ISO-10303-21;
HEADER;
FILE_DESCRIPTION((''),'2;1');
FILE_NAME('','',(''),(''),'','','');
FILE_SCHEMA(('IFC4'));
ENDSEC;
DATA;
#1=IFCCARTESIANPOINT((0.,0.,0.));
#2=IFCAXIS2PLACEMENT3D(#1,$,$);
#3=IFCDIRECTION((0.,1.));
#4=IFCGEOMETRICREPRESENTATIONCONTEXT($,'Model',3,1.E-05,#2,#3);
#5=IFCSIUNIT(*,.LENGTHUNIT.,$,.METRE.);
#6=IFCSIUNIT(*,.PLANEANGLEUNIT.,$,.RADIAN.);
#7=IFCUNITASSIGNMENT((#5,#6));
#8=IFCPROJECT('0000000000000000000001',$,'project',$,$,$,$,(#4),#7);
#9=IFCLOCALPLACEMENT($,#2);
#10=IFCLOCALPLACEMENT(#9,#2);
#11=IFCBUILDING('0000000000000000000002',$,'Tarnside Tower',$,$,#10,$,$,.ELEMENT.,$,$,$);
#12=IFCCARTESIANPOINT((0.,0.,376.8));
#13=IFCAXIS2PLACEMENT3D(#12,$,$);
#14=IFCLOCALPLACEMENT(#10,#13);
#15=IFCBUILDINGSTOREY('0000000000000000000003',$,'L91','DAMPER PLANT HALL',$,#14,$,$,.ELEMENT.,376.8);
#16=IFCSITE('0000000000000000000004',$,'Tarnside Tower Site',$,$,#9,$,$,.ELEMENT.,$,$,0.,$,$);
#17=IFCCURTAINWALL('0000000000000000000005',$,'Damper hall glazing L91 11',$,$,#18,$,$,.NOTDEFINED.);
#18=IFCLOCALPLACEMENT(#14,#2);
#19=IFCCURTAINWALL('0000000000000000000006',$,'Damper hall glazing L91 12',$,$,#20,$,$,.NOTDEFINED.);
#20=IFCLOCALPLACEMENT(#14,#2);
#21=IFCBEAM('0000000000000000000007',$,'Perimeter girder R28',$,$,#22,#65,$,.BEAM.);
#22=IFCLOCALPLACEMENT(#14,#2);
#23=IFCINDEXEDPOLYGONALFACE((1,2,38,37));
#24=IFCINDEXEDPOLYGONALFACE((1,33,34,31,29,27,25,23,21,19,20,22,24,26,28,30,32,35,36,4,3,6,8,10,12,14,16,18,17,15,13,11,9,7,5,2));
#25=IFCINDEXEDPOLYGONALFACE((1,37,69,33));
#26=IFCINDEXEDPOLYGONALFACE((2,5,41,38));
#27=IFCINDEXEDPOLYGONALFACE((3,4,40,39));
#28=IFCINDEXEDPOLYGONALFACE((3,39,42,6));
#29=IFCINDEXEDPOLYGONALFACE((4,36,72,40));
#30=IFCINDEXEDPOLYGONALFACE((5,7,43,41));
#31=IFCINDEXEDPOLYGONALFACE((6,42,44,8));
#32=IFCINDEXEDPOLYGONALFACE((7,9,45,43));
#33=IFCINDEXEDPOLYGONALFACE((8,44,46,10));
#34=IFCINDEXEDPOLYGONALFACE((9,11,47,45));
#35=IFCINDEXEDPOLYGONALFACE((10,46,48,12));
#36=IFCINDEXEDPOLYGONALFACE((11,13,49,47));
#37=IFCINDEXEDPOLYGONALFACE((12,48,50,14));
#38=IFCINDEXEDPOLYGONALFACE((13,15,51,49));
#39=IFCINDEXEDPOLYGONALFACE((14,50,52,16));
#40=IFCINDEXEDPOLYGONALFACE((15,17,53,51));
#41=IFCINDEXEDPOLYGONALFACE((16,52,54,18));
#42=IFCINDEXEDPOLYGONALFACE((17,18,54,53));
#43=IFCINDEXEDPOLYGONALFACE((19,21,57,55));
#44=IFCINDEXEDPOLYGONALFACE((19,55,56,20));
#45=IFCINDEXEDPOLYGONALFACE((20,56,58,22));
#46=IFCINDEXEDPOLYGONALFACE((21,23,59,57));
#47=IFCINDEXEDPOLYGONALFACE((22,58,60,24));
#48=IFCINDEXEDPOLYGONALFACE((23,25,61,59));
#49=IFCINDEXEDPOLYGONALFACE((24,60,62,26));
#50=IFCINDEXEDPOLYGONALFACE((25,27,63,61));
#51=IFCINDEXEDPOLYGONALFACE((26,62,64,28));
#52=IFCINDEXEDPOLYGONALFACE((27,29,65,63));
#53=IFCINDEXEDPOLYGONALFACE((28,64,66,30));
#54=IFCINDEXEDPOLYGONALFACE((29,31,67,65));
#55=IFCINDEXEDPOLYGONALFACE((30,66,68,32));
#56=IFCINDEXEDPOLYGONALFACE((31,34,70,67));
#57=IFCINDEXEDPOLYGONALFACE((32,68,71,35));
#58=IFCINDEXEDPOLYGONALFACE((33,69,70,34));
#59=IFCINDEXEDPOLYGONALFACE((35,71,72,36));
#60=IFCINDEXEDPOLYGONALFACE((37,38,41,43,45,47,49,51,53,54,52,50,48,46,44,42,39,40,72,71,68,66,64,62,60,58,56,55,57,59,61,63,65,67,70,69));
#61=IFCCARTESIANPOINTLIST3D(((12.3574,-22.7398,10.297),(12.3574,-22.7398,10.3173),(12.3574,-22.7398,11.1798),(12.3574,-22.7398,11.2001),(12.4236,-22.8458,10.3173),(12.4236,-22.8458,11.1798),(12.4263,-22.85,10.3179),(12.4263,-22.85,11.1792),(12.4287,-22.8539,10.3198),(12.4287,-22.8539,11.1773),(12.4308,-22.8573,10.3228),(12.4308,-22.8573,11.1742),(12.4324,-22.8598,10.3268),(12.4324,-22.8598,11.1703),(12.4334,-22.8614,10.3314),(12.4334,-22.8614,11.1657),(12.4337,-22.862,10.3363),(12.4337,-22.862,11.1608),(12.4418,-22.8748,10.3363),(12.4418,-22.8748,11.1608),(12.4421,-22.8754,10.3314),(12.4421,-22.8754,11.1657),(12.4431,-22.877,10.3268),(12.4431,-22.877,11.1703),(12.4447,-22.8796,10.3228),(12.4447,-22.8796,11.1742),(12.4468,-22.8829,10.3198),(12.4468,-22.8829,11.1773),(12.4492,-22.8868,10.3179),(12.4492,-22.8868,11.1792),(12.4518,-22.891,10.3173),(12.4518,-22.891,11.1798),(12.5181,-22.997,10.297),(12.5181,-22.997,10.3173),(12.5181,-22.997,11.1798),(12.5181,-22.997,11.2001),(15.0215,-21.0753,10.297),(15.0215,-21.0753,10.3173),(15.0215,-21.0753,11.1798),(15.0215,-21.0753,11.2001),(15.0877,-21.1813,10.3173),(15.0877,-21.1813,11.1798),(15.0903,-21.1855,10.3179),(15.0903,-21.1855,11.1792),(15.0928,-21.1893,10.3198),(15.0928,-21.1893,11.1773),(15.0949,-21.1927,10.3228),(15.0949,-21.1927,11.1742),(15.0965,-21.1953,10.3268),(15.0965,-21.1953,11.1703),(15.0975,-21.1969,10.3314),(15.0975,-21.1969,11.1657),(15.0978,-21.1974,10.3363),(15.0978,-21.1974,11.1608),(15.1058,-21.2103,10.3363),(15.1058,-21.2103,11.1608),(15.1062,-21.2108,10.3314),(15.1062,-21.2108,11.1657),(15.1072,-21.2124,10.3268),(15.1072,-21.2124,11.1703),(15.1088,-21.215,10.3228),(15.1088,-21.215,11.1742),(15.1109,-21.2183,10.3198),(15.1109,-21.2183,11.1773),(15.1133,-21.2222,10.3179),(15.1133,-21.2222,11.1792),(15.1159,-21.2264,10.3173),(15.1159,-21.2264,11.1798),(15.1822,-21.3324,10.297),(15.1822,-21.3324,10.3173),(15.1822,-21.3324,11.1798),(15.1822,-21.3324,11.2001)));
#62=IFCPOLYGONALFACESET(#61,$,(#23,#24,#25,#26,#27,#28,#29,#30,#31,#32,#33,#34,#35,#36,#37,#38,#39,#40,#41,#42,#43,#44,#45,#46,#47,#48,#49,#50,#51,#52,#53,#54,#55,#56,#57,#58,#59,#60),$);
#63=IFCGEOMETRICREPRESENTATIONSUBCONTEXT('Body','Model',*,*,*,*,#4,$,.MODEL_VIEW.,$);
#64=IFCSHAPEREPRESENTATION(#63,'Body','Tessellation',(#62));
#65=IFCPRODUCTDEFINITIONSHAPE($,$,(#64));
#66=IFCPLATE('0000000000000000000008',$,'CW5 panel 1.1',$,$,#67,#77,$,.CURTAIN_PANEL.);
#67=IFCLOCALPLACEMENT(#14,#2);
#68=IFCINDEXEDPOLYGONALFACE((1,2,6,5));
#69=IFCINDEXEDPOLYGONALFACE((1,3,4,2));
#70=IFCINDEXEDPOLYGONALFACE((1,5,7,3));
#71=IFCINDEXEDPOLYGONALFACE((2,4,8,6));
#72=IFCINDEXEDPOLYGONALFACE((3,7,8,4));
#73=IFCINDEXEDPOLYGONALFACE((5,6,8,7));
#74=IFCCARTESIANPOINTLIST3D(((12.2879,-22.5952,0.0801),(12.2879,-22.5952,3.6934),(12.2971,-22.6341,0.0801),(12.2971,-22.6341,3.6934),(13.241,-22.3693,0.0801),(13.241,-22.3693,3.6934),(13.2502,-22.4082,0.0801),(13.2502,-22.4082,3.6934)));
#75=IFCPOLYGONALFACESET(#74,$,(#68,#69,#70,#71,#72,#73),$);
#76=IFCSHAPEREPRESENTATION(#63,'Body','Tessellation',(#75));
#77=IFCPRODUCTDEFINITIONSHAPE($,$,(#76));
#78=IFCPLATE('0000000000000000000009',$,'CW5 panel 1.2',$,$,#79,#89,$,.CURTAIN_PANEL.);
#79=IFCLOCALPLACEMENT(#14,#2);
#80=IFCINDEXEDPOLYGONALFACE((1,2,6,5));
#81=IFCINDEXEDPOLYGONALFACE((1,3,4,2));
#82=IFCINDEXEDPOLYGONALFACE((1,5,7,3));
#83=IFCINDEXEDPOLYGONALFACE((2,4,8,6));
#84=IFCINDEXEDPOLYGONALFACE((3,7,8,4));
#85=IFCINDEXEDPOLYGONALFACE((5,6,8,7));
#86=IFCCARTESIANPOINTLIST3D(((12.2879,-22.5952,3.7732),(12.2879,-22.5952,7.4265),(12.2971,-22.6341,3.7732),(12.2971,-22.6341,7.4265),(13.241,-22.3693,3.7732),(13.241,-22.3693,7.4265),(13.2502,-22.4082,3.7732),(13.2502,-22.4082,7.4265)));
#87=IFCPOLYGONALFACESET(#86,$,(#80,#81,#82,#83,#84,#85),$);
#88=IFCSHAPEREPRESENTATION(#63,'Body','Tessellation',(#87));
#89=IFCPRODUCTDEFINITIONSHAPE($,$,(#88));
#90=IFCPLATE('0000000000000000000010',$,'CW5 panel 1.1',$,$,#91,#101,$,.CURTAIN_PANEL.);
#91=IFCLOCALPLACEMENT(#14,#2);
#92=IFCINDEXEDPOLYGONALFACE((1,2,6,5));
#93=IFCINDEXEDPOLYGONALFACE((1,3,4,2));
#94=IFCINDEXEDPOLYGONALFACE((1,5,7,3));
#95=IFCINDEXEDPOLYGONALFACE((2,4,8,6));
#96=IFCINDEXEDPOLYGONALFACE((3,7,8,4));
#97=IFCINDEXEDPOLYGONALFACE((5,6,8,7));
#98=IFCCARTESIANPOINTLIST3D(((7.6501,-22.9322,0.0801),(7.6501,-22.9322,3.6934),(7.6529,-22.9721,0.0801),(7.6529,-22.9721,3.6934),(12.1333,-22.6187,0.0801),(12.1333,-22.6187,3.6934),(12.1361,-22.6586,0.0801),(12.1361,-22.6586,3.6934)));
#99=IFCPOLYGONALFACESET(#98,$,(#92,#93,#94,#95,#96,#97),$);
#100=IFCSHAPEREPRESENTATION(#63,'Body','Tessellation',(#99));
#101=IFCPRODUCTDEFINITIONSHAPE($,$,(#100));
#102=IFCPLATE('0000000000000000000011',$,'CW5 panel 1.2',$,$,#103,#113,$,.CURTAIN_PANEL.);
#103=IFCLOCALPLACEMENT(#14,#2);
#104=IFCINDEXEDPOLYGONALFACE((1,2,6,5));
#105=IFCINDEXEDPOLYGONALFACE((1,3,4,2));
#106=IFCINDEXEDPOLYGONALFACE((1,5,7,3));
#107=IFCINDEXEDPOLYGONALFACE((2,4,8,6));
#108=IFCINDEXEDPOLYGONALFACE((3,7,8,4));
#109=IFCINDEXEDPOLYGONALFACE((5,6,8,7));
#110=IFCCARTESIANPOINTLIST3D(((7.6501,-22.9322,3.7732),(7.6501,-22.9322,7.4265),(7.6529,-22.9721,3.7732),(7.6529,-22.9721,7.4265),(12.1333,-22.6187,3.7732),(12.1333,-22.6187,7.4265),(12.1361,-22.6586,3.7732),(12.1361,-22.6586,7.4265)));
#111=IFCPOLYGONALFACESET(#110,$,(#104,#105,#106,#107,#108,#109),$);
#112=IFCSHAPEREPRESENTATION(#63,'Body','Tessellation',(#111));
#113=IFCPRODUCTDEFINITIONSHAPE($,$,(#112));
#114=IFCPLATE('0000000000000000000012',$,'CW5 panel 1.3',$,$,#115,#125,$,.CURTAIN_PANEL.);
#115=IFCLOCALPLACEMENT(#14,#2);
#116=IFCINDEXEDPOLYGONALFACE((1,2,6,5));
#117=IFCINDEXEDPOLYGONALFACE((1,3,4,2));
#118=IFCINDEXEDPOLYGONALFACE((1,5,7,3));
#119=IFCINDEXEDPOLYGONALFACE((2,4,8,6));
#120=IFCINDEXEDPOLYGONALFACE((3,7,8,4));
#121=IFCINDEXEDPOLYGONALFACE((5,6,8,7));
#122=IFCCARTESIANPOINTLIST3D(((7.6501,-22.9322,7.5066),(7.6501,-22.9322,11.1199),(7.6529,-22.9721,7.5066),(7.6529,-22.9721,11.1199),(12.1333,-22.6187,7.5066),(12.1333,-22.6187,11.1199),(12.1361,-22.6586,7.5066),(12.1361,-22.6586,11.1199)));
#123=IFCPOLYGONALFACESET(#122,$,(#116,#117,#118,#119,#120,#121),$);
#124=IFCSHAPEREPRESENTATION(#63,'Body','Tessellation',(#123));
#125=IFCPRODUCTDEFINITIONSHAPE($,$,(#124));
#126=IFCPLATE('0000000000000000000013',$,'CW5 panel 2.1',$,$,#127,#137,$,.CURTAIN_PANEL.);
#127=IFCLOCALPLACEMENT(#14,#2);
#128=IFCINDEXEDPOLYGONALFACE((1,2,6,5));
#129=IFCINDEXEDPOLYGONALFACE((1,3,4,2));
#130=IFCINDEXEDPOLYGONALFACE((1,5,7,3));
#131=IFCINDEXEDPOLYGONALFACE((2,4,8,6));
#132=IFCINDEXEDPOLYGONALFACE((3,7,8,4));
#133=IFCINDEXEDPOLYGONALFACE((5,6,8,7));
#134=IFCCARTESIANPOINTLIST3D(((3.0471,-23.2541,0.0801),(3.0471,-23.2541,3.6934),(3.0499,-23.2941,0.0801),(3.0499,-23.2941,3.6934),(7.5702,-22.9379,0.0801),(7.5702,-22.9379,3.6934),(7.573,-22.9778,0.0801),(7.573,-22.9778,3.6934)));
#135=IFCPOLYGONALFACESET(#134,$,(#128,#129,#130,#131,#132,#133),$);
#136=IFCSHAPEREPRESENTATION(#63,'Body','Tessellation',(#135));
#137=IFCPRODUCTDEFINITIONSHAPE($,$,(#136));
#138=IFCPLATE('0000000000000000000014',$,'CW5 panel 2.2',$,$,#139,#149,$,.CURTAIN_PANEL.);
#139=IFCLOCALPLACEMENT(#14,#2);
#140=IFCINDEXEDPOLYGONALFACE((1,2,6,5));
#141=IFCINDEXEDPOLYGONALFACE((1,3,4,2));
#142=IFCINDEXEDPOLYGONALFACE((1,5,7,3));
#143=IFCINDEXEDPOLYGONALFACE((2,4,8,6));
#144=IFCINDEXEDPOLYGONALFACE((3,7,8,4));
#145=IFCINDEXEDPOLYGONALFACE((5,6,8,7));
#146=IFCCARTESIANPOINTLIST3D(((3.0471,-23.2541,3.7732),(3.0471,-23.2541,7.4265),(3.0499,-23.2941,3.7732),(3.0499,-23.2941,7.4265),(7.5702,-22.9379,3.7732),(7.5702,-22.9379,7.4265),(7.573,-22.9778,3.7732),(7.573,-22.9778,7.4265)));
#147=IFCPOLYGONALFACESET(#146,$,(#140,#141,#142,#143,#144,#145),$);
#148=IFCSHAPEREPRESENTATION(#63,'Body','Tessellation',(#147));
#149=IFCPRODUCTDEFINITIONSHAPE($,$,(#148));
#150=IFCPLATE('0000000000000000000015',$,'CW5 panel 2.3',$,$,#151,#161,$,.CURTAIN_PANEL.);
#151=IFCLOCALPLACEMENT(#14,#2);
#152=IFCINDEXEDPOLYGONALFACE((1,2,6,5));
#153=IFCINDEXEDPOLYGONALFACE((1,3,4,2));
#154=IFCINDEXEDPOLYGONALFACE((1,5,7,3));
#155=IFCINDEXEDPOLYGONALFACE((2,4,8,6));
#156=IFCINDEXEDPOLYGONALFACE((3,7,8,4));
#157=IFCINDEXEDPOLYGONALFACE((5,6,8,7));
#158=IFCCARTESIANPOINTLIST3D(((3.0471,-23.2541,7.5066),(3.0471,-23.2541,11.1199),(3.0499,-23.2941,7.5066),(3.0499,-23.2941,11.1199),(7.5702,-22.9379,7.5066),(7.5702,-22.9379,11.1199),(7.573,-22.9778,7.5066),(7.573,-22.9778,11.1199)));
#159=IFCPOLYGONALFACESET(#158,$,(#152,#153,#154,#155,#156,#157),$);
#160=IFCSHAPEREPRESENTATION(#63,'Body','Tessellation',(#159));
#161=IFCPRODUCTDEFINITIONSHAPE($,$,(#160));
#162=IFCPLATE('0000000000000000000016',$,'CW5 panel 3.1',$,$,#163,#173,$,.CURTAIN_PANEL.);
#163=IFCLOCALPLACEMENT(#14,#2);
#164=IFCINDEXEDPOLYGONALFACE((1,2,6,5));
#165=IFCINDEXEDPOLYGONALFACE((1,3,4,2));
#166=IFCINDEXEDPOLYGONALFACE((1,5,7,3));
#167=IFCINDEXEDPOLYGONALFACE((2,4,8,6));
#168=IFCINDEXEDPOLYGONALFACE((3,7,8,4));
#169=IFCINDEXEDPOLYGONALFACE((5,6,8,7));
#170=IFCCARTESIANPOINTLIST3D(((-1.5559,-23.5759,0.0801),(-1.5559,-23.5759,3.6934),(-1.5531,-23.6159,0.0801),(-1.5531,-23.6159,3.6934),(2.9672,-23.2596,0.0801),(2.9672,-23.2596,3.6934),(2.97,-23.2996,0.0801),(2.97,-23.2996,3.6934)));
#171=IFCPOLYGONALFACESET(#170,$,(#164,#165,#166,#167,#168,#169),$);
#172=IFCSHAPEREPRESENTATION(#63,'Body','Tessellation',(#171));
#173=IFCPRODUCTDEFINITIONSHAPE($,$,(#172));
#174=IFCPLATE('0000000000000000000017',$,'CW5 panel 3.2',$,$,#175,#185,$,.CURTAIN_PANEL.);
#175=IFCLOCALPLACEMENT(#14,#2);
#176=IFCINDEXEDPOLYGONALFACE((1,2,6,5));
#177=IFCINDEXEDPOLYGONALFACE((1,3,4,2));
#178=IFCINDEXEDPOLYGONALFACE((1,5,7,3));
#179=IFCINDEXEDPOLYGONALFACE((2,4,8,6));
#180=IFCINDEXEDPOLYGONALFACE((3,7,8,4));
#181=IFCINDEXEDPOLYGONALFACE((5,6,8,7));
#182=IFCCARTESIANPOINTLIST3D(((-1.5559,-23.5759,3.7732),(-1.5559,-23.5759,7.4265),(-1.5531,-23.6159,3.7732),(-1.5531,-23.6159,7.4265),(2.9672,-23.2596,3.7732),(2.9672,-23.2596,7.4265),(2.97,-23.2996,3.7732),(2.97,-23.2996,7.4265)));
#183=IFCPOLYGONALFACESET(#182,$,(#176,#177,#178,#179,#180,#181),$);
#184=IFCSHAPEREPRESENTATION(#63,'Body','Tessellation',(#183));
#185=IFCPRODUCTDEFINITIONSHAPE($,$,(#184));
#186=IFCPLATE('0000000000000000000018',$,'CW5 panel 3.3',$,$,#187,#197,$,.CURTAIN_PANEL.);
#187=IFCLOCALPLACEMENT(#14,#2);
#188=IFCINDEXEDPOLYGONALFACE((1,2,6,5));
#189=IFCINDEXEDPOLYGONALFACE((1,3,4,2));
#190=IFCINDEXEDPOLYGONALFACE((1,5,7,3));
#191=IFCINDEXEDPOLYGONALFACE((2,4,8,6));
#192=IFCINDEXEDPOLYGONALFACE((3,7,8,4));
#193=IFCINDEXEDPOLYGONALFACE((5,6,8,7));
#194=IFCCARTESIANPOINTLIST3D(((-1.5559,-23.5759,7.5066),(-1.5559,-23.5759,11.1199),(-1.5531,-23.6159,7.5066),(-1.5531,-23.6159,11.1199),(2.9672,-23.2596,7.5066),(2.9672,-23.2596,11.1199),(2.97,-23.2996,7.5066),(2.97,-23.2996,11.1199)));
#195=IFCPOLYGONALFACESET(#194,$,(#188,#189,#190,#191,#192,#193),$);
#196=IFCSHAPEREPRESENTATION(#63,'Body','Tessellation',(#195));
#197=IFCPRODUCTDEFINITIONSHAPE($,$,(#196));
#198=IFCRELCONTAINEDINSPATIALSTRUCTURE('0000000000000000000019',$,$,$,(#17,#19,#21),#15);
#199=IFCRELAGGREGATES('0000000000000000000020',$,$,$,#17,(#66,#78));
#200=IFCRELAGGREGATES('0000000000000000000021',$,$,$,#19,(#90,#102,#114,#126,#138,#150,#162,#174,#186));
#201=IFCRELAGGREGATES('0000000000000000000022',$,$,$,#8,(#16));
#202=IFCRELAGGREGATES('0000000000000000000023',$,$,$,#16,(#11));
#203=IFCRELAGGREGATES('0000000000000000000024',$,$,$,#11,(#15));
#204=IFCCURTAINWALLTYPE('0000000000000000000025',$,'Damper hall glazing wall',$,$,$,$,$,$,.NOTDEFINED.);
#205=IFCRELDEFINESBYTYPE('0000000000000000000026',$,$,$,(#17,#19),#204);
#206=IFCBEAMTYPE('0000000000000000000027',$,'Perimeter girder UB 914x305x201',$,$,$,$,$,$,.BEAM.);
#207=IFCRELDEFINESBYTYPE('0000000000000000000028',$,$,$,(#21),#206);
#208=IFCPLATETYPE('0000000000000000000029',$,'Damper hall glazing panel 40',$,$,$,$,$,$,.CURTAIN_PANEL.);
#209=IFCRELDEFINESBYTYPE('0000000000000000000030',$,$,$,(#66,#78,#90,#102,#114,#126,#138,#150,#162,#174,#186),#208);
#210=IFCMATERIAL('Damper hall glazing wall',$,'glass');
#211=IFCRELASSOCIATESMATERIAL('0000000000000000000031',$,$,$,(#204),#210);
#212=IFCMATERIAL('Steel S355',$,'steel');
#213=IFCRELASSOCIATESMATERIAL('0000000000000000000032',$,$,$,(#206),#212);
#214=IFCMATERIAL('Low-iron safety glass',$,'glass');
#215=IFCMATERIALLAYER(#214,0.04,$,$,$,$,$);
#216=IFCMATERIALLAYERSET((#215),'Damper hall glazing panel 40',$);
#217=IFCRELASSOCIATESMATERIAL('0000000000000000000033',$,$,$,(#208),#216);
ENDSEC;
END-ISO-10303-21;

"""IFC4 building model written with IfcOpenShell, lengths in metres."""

from ifc_helpers import new_model, si_unit, direction, frame, origin, origin_2d, place, context, subcontext, project, spatial, rectangle, i_section, extrude, material, layer, layer_set, material_profile, profile_set, type_object, element, aggregate, save


model = new_model("IFC4")

# Units and contexts
model_context = context("Model", 3, precision=1e-05, world=origin(), true_north=direction((0.0, 1.0)))
body_context = subcontext(model_context, "Body", "Model", "MODEL_VIEW")
ifc_project = project(units=[si_unit("LENGTHUNIT", "METRE"), si_unit("PLANEANGLEUNIT", "RADIAN")], contexts=[model_context])

# Site, building, storey
site_placement = place(None, origin())
site = spatial("IfcSite", under=ifc_project, at=site_placement, Name="Tarnside Tower Site", CompositionType="ELEMENT", RefElevation=0.0)
building_placement = place(site_placement, origin())
building = spatial("IfcBuilding", under=site, at=building_placement, Name="Tarnside Tower", CompositionType="ELEMENT")
storey_placement = place(building_placement, frame((0.0, 0.0, 376.8)))
storey = spatial("IfcBuildingStorey", under=building, at=storey_placement, Name="L91", Description="DAMPER PLANT HALL", CompositionType="ELEMENT", Elevation=376.8)

# Shared definitions
ifc_material_1 = material(Name="Steel S355", Category="steel")

# Curtain wall
ifc_material_2 = material(Name="Damper hall glazing wall", Category="glass")
curtain_wall_type = type_object("IfcCurtainWallType", Name="Damper hall glazing wall", PredefinedType="NOTDEFINED", material=ifc_material_2)
curtain_wall_1_placement = place(storey_placement, origin())
curtain_wall_1 = element("IfcCurtainWall", 1, at=curtain_wall_1_placement, inside=storey, type_object=curtain_wall_type, Name="Damper hall glazing L91 11", PredefinedType="NOTDEFINED")

# Curtain wall
curtain_wall_2_placement = place(storey_placement, origin())
curtain_wall_2 = element("IfcCurtainWall", 2, at=curtain_wall_2_placement, inside=storey, type_object=curtain_wall_type, Name="Damper hall glazing L91 12", PredefinedType="NOTDEFINED")

# Beam
ifc_material_profile_1 = material_profile(ifc_material_1, i_section(OverallWidth=0.3032, OverallDepth=0.9031, WebThickness=0.0151, FlangeThickness=0.0203, FilletRadius=0.019, at=origin_2d()), Name="UB 914x305x201")
ifc_profile_set_1 = profile_set([ifc_material_profile_1], Name="Steel S355")
beam_type_1 = type_object("IfcBeamType", Name="Perimeter girder UB 914x305x201", PredefinedType="BEAM", material=ifc_profile_set_1)
beam_1_placement = place(storey_placement, frame((12.4377, -22.8684, 10.7485), z_axis=(0.848068, 0.529887, 0.0), x_axis=(-0.529887, 0.848068, 0.0)))
element("IfcBeam", 3, at=beam_1_placement, inside=storey, type_object=beam_type_1, Name="Perimeter girder R28", PredefinedType="BEAM", context=body_context, shape_type="SweptSolid", body=[
    extrude(i_section(OverallWidth=0.3032, OverallDepth=0.9031, WebThickness=0.0151, FlangeThickness=0.0203, FilletRadius=0.019, at=origin_2d()), origin(), (0.0, 0.0, 1.0), 3.1414),
])

# Plates
ifc_material_3 = material(Name="Low-iron safety glass", Category="glass")
ifc_layer = layer(ifc_material_3, 0.04)
ifc_layer_set = layer_set([ifc_layer], Name="Damper hall glazing panel 40")
plate_type = type_object("IfcPlateType", Name="Damper hall glazing panel 40", PredefinedType="CURTAIN_PANEL", material=ifc_layer_set)
plate_1_placement = place(storey_placement, frame((12.769, -22.5017, 0.0801), z_axis=(0.0, 0.0, 1.0), x_axis=(-0.973045, -0.230616, 0.0)))
plate_1 = element("IfcPlate", 4, at=plate_1_placement, type_object=plate_type, Name="CW5 panel 1.1", PredefinedType="CURTAIN_PANEL", context=body_context, shape_type="SweptSolid", body=[
    extrude(rectangle(XDim=0.9795, YDim=0.04, at=origin_2d()), origin(), (0.0, 0.0, 1.0), 3.6133),
])
plate_2_placement = place(storey_placement, frame((12.769, -22.5017, 3.7732), z_axis=(0.0, 0.0, 1.0), x_axis=(-0.973045, -0.230616, 0.0)))
plate_2 = element("IfcPlate", 5, at=plate_2_placement, type_object=plate_type, Name="CW5 panel 1.2", PredefinedType="CURTAIN_PANEL", context=body_context, shape_type="SweptSolid", body=[
    extrude(rectangle(XDim=0.9795, YDim=0.04, at=origin_2d()), origin(), (0.0, 0.0, 1.0), 3.6533),
])
aggregate(curtain_wall_1, [plate_1, plate_2])
plate_3_placement = place(storey_placement, frame((9.8931, -22.7954, 0.0801), z_axis=(0.0, 0.0, 1.0), x_axis=(-0.997564, -0.069756, 0.0)))
plate_3 = element("IfcPlate", 6, at=plate_3_placement, type_object=plate_type, Name="CW5 panel 1.1", PredefinedType="CURTAIN_PANEL", context=body_context, shape_type="SweptSolid", body=[
    extrude(rectangle(XDim=4.4941, YDim=0.04, at=origin_2d()), origin(), (0.0, 0.0, 1.0), 3.6133),
])
plate_4_placement = place(storey_placement, frame((9.8931, -22.7954, 3.7732), z_axis=(0.0, 0.0, 1.0), x_axis=(-0.997564, -0.069756, 0.0)))
plate_4 = element("IfcPlate", 7, at=plate_4_placement, type_object=plate_type, Name="CW5 panel 1.2", PredefinedType="CURTAIN_PANEL", context=body_context, shape_type="SweptSolid", body=[
    extrude(rectangle(XDim=4.4941, YDim=0.04, at=origin_2d()), origin(), (0.0, 0.0, 1.0), 3.6533),
])
plate_5_placement = place(storey_placement, frame((9.8931, -22.7954, 7.5066), z_axis=(0.0, 0.0, 1.0), x_axis=(-0.997564, -0.069756, 0.0)))
plate_5 = element("IfcPlate", 8, at=plate_5_placement, type_object=plate_type, Name="CW5 panel 1.3", PredefinedType="CURTAIN_PANEL", context=body_context, shape_type="SweptSolid", body=[
    extrude(rectangle(XDim=4.4941, YDim=0.04, at=origin_2d()), origin(), (0.0, 0.0, 1.0), 3.6133),
])
plate_6_placement = place(storey_placement, frame((5.3101, -23.116, 0.0801), z_axis=(0.0, 0.0, 1.0), x_axis=(-0.997564, -0.069756, 0.0)))
plate_6 = element("IfcPlate", 9, at=plate_6_placement, type_object=plate_type, Name="CW5 panel 2.1", PredefinedType="CURTAIN_PANEL", context=body_context, shape_type="SweptSolid", body=[
    extrude(rectangle(XDim=4.5342, YDim=0.04, at=origin_2d()), origin(), (0.0, 0.0, 1.0), 3.6133),
])
plate_7_placement = place(storey_placement, frame((5.3101, -23.116, 3.7732), z_axis=(0.0, 0.0, 1.0), x_axis=(-0.997564, -0.069756, 0.0)))
plate_7 = element("IfcPlate", 10, at=plate_7_placement, type_object=plate_type, Name="CW5 panel 2.2", PredefinedType="CURTAIN_PANEL", context=body_context, shape_type="SweptSolid", body=[
    extrude(rectangle(XDim=4.5342, YDim=0.04, at=origin_2d()), origin(), (0.0, 0.0, 1.0), 3.6533),
])
plate_8_placement = place(storey_placement, frame((5.3101, -23.116, 7.5066), z_axis=(0.0, 0.0, 1.0), x_axis=(-0.997564, -0.069756, 0.0)))
plate_8 = element("IfcPlate", 11, at=plate_8_placement, type_object=plate_type, Name="CW5 panel 2.3", PredefinedType="CURTAIN_PANEL", context=body_context, shape_type="SweptSolid", body=[
    extrude(rectangle(XDim=4.5342, YDim=0.04, at=origin_2d()), origin(), (0.0, 0.0, 1.0), 3.6133),
])
plate_9_placement = place(storey_placement, frame((0.707, -23.4377, 0.0801), z_axis=(0.0, 0.0, 1.0), x_axis=(-0.997564, -0.069756, 0.0)))
plate_9 = element("IfcPlate", 12, at=plate_9_placement, type_object=plate_type, Name="CW5 panel 3.1", PredefinedType="CURTAIN_PANEL", context=body_context, shape_type="SweptSolid", body=[
    extrude(rectangle(XDim=4.5342, YDim=0.04, at=origin_2d()), origin(), (0.0, 0.0, 1.0), 3.6133),
])
plate_10_placement = place(storey_placement, frame((0.707, -23.4377, 3.7732), z_axis=(0.0, 0.0, 1.0), x_axis=(-0.997564, -0.069756, 0.0)))
plate_10 = element("IfcPlate", 13, at=plate_10_placement, type_object=plate_type, Name="CW5 panel 3.2", PredefinedType="CURTAIN_PANEL", context=body_context, shape_type="SweptSolid", body=[
    extrude(rectangle(XDim=4.5342, YDim=0.04, at=origin_2d()), origin(), (0.0, 0.0, 1.0), 3.6533),
])
plate_11_placement = place(storey_placement, frame((0.707, -23.4377, 7.5066), z_axis=(0.0, 0.0, 1.0), x_axis=(-0.997564, -0.069756, 0.0)))
plate_11 = element("IfcPlate", 14, at=plate_11_placement, type_object=plate_type, Name="CW5 panel 3.3", PredefinedType="CURTAIN_PANEL", context=body_context, shape_type="SweptSolid", body=[
    extrude(rectangle(XDim=4.5342, YDim=0.04, at=origin_2d()), origin(), (0.0, 0.0, 1.0), 3.6133),
])
aggregate(curtain_wall_2, [plate_3, plate_4, plate_5, plate_6, plate_7, plate_8, plate_9, plate_10, plate_11])

save(model, "model.ifc")
